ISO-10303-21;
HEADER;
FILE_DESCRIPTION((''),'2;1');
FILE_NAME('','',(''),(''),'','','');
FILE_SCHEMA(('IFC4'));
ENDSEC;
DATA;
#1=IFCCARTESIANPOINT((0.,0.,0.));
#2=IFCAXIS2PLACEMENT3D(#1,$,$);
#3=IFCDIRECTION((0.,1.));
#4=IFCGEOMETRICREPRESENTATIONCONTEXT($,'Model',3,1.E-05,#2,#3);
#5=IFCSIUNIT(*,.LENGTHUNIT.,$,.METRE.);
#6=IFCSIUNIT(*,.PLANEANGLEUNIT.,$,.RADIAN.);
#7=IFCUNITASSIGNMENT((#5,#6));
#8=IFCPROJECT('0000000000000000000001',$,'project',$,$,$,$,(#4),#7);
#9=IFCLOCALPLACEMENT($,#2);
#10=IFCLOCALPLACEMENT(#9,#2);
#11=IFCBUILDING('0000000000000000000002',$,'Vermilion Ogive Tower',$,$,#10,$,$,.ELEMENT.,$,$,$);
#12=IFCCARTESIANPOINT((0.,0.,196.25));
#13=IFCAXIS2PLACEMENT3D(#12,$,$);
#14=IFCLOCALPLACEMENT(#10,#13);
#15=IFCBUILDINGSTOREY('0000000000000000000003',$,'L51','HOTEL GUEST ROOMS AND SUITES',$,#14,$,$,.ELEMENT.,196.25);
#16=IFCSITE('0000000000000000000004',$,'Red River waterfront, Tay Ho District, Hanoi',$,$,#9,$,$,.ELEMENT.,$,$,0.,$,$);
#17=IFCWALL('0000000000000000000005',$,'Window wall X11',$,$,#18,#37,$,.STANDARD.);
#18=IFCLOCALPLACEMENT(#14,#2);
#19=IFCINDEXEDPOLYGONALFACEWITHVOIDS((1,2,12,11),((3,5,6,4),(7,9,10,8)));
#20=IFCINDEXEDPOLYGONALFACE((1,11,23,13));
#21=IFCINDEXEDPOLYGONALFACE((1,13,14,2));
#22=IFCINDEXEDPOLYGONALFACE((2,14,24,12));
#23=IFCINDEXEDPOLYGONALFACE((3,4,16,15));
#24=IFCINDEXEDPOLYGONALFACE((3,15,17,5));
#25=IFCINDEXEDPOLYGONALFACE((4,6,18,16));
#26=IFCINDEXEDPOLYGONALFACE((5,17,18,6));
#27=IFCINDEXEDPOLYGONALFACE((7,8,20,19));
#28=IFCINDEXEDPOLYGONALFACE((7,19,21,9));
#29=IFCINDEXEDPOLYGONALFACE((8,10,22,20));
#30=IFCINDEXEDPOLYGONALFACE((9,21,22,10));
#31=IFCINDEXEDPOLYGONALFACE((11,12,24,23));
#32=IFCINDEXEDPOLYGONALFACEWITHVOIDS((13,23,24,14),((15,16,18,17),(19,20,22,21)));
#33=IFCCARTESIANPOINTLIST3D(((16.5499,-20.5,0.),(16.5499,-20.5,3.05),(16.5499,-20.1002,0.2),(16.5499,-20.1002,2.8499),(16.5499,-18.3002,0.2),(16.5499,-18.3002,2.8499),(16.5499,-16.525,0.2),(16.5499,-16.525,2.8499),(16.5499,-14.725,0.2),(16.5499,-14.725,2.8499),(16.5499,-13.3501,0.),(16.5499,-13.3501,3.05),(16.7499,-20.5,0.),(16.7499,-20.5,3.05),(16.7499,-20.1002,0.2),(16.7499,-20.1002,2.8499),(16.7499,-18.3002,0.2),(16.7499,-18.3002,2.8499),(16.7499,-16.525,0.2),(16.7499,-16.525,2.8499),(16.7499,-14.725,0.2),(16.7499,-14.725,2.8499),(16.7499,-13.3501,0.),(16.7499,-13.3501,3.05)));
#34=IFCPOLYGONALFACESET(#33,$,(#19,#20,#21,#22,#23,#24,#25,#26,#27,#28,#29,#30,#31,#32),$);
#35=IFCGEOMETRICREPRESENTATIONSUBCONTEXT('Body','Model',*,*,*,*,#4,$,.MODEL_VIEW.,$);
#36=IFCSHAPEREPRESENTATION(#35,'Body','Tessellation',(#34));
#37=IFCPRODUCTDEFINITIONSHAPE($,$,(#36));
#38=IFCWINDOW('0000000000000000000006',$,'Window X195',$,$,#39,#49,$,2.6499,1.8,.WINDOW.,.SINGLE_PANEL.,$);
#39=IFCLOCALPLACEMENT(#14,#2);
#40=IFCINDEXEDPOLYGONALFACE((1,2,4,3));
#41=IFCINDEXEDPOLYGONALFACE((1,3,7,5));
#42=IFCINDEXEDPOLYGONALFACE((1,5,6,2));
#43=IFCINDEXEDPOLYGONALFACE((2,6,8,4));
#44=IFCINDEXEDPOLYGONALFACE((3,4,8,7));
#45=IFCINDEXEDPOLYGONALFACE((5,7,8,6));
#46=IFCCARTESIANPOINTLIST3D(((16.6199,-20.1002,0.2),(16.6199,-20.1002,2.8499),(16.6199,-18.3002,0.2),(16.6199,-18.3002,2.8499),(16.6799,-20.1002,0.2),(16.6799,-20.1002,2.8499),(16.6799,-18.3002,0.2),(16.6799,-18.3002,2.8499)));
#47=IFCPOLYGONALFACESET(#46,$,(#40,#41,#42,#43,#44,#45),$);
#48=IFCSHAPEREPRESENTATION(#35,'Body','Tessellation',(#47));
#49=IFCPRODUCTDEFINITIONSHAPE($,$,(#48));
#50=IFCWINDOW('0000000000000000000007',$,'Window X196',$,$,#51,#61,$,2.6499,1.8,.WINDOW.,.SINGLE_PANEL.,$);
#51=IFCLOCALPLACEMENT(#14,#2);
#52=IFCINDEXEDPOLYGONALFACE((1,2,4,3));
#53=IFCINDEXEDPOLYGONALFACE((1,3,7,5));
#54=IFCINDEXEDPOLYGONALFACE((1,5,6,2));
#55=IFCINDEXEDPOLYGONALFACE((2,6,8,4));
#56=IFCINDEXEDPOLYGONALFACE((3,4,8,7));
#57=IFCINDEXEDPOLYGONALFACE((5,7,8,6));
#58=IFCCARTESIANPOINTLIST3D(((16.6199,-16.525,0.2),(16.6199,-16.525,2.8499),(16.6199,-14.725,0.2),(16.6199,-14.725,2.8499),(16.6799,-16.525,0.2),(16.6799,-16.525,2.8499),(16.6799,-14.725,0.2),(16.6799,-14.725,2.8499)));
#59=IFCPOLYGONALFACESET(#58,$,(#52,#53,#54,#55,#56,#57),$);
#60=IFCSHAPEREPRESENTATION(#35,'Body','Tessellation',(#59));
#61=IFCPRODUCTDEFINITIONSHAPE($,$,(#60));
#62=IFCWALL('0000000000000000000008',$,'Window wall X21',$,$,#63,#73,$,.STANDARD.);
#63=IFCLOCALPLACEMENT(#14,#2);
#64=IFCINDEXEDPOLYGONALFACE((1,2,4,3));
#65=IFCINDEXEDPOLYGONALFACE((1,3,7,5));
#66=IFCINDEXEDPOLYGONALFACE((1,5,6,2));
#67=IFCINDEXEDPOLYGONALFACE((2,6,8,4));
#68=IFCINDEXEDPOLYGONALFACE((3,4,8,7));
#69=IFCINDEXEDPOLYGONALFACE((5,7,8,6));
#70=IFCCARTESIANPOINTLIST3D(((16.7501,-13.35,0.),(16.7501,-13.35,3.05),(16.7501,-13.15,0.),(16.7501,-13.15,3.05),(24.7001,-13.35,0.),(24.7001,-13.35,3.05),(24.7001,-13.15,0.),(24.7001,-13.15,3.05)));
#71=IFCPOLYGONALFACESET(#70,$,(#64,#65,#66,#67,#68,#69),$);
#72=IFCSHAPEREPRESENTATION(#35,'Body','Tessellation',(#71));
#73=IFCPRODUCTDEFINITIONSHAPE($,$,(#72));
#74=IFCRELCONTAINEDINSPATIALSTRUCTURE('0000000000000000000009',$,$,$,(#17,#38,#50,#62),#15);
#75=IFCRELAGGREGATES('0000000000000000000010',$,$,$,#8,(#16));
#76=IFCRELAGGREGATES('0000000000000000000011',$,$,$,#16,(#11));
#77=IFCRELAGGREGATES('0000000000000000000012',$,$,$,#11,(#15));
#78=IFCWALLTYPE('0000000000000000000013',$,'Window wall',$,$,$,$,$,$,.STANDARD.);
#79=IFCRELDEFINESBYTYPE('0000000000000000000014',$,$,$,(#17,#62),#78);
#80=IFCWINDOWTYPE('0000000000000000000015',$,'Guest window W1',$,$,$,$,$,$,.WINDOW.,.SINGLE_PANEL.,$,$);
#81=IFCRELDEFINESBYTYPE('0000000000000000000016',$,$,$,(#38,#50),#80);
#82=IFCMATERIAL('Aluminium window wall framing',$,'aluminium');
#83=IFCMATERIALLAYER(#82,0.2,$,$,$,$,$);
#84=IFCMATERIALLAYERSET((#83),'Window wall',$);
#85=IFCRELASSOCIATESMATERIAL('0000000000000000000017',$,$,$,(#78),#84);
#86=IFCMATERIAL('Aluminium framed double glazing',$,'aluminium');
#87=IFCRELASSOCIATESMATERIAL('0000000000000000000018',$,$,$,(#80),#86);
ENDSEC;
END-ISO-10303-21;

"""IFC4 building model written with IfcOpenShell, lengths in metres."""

from ifc_helpers import new_model, si_unit, direction, frame, frame_2d, origin, place, context, subcontext, project, spatial, rectangle, extrude, material, layer, layer_set, type_object, element, fill, save


model = new_model("IFC4")

# Units and contexts
model_context = context("Model", 3, precision=1e-05, world=origin(), true_north=direction((0.0, 1.0)))
body_context = subcontext(model_context, "Body", "Model", "MODEL_VIEW")
ifc_project = project(units=[si_unit("LENGTHUNIT", "METRE"), si_unit("PLANEANGLEUNIT", "RADIAN")], contexts=[model_context])

# Site, building, storey
site_placement = place(None, origin())
site = spatial("IfcSite", under=ifc_project, at=site_placement, Name="Red River waterfront, Tay Ho District, Hanoi", CompositionType="ELEMENT", RefElevation=0.0)
building_placement = place(site_placement, origin())
building = spatial("IfcBuilding", under=site, at=building_placement, Name="Vermilion Ogive Tower", CompositionType="ELEMENT")
storey_placement = place(building_placement, frame((0.0, 0.0, 196.25)))
storey = spatial("IfcBuildingStorey", under=building, at=storey_placement, Name="L51", Description="HOTEL GUEST ROOMS AND SUITES", CompositionType="ELEMENT", Elevation=196.25)

# Wall, openings, windows
ifc_material_1 = material(Name="Aluminium window wall framing", Category="aluminium")
ifc_layer_1 = layer(ifc_material_1, 0.2)
ifc_layer_set_1 = layer_set([ifc_layer_1], Name="Window wall")
wall_type = type_object("IfcWallType", Name="Window wall", PredefinedType="STANDARD", material=ifc_layer_set_1)
wall_1_placement = place(storey_placement, frame((16.6499, -20.5, 0.0), z_axis=(0.0, 0.0, 1.0), x_axis=(0.0, 1.0, 0.0)))
wall_1 = element("IfcWall", 1, at=wall_1_placement, inside=storey, type_object=wall_type, Name="Window wall X11", PredefinedType="STANDARD", context=body_context, shape_type="SweptSolid", body=[
    extrude(rectangle(XDim=7.1499, YDim=0.2, at=frame_2d((3.575, 0.0))), origin(), (0.0, 0.0, 1.0), 3.05),
])
opening_1_placement = place(wall_1_placement, frame((0.3999, 0.0, 0.2)))
opening_1 = element("IfcOpeningElement", 2, at=opening_1_placement, cuts=wall_1, PredefinedType="OPENING", context=body_context, shape_type="SweptSolid", body=[
    extrude(rectangle(XDim=1.8, YDim=2.6499, at=frame_2d((0.8999, 1.325))), frame((0.0, 0.1099, 0.0), z_axis=(0.0, -1.0, 0.0), x_axis=(1.0, 0.0, 0.0)), (0.0, 0.0, 1.0), 0.22),
])
opening_2_placement = place(wall_1_placement, frame((3.9751, 0.0, 0.2)))
opening_2 = element("IfcOpeningElement", 3, at=opening_2_placement, cuts=wall_1, PredefinedType="OPENING", context=body_context, shape_type="SweptSolid", body=[
    extrude(rectangle(XDim=1.8, YDim=2.6499, at=frame_2d((0.8999, 1.325))), frame((0.0, 0.1099, 0.0), z_axis=(0.0, -1.0, 0.0), x_axis=(1.0, 0.0, 0.0)), (0.0, 0.0, 1.0), 0.22),
])
ifc_material_2 = material(Name="Aluminium framed double glazing", Category="aluminium")
window_type = type_object("IfcWindowType", Name="Guest window W1", PartitioningType="SINGLE_PANEL", PredefinedType="WINDOW", material=ifc_material_2)
window_1_placement = place(opening_1_placement, origin())
window_1 = element("IfcWindow", 4, at=window_1_placement, inside=storey, type_object=window_type, Name="Window X195", OverallHeight=2.6499, OverallWidth=1.8, PartitioningType="SINGLE_PANEL", PredefinedType="WINDOW", context=body_context, shape_type="SweptSolid", body=[
    extrude(rectangle(XDim=1.8, YDim=2.6499, at=frame_2d((0.8999, 1.325))), frame((0.0, 0.03, 0.0), z_axis=(0.0, -1.0, 0.0), x_axis=(1.0, 0.0, 0.0)), (0.0, 0.0, 1.0), 0.0601),
])
fill(opening_1, window_1)
window_2_placement = place(opening_2_placement, origin())
window_2 = element("IfcWindow", 5, at=window_2_placement, inside=storey, type_object=window_type, Name="Window X196", OverallHeight=2.6499, OverallWidth=1.8, PartitioningType="SINGLE_PANEL", PredefinedType="WINDOW", context=body_context, shape_type="SweptSolid", body=[
    extrude(rectangle(XDim=1.8, YDim=2.6499, at=frame_2d((0.8999, 1.325))), frame((0.0, 0.03, 0.0), z_axis=(0.0, -1.0, 0.0), x_axis=(1.0, 0.0, 0.0)), (0.0, 0.0, 1.0), 0.0601),
])
fill(opening_2, window_2)

# Wall
wall_2_placement = place(storey_placement, frame((16.75, -13.25, 0.0), z_axis=(0.0, 0.0, 1.0), x_axis=(1.0, 0.0, 0.0)))
element("IfcWall", 6, at=wall_2_placement, inside=storey, type_object=wall_type, Name="Window wall X21", PredefinedType="STANDARD", context=body_context, shape_type="SweptSolid", body=[
    extrude(rectangle(XDim=7.95, YDim=0.2, at=frame_2d((3.9751, 0.0))), origin(), (0.0, 0.0, 1.0), 3.05),
])

save(model, "model.ifc")
